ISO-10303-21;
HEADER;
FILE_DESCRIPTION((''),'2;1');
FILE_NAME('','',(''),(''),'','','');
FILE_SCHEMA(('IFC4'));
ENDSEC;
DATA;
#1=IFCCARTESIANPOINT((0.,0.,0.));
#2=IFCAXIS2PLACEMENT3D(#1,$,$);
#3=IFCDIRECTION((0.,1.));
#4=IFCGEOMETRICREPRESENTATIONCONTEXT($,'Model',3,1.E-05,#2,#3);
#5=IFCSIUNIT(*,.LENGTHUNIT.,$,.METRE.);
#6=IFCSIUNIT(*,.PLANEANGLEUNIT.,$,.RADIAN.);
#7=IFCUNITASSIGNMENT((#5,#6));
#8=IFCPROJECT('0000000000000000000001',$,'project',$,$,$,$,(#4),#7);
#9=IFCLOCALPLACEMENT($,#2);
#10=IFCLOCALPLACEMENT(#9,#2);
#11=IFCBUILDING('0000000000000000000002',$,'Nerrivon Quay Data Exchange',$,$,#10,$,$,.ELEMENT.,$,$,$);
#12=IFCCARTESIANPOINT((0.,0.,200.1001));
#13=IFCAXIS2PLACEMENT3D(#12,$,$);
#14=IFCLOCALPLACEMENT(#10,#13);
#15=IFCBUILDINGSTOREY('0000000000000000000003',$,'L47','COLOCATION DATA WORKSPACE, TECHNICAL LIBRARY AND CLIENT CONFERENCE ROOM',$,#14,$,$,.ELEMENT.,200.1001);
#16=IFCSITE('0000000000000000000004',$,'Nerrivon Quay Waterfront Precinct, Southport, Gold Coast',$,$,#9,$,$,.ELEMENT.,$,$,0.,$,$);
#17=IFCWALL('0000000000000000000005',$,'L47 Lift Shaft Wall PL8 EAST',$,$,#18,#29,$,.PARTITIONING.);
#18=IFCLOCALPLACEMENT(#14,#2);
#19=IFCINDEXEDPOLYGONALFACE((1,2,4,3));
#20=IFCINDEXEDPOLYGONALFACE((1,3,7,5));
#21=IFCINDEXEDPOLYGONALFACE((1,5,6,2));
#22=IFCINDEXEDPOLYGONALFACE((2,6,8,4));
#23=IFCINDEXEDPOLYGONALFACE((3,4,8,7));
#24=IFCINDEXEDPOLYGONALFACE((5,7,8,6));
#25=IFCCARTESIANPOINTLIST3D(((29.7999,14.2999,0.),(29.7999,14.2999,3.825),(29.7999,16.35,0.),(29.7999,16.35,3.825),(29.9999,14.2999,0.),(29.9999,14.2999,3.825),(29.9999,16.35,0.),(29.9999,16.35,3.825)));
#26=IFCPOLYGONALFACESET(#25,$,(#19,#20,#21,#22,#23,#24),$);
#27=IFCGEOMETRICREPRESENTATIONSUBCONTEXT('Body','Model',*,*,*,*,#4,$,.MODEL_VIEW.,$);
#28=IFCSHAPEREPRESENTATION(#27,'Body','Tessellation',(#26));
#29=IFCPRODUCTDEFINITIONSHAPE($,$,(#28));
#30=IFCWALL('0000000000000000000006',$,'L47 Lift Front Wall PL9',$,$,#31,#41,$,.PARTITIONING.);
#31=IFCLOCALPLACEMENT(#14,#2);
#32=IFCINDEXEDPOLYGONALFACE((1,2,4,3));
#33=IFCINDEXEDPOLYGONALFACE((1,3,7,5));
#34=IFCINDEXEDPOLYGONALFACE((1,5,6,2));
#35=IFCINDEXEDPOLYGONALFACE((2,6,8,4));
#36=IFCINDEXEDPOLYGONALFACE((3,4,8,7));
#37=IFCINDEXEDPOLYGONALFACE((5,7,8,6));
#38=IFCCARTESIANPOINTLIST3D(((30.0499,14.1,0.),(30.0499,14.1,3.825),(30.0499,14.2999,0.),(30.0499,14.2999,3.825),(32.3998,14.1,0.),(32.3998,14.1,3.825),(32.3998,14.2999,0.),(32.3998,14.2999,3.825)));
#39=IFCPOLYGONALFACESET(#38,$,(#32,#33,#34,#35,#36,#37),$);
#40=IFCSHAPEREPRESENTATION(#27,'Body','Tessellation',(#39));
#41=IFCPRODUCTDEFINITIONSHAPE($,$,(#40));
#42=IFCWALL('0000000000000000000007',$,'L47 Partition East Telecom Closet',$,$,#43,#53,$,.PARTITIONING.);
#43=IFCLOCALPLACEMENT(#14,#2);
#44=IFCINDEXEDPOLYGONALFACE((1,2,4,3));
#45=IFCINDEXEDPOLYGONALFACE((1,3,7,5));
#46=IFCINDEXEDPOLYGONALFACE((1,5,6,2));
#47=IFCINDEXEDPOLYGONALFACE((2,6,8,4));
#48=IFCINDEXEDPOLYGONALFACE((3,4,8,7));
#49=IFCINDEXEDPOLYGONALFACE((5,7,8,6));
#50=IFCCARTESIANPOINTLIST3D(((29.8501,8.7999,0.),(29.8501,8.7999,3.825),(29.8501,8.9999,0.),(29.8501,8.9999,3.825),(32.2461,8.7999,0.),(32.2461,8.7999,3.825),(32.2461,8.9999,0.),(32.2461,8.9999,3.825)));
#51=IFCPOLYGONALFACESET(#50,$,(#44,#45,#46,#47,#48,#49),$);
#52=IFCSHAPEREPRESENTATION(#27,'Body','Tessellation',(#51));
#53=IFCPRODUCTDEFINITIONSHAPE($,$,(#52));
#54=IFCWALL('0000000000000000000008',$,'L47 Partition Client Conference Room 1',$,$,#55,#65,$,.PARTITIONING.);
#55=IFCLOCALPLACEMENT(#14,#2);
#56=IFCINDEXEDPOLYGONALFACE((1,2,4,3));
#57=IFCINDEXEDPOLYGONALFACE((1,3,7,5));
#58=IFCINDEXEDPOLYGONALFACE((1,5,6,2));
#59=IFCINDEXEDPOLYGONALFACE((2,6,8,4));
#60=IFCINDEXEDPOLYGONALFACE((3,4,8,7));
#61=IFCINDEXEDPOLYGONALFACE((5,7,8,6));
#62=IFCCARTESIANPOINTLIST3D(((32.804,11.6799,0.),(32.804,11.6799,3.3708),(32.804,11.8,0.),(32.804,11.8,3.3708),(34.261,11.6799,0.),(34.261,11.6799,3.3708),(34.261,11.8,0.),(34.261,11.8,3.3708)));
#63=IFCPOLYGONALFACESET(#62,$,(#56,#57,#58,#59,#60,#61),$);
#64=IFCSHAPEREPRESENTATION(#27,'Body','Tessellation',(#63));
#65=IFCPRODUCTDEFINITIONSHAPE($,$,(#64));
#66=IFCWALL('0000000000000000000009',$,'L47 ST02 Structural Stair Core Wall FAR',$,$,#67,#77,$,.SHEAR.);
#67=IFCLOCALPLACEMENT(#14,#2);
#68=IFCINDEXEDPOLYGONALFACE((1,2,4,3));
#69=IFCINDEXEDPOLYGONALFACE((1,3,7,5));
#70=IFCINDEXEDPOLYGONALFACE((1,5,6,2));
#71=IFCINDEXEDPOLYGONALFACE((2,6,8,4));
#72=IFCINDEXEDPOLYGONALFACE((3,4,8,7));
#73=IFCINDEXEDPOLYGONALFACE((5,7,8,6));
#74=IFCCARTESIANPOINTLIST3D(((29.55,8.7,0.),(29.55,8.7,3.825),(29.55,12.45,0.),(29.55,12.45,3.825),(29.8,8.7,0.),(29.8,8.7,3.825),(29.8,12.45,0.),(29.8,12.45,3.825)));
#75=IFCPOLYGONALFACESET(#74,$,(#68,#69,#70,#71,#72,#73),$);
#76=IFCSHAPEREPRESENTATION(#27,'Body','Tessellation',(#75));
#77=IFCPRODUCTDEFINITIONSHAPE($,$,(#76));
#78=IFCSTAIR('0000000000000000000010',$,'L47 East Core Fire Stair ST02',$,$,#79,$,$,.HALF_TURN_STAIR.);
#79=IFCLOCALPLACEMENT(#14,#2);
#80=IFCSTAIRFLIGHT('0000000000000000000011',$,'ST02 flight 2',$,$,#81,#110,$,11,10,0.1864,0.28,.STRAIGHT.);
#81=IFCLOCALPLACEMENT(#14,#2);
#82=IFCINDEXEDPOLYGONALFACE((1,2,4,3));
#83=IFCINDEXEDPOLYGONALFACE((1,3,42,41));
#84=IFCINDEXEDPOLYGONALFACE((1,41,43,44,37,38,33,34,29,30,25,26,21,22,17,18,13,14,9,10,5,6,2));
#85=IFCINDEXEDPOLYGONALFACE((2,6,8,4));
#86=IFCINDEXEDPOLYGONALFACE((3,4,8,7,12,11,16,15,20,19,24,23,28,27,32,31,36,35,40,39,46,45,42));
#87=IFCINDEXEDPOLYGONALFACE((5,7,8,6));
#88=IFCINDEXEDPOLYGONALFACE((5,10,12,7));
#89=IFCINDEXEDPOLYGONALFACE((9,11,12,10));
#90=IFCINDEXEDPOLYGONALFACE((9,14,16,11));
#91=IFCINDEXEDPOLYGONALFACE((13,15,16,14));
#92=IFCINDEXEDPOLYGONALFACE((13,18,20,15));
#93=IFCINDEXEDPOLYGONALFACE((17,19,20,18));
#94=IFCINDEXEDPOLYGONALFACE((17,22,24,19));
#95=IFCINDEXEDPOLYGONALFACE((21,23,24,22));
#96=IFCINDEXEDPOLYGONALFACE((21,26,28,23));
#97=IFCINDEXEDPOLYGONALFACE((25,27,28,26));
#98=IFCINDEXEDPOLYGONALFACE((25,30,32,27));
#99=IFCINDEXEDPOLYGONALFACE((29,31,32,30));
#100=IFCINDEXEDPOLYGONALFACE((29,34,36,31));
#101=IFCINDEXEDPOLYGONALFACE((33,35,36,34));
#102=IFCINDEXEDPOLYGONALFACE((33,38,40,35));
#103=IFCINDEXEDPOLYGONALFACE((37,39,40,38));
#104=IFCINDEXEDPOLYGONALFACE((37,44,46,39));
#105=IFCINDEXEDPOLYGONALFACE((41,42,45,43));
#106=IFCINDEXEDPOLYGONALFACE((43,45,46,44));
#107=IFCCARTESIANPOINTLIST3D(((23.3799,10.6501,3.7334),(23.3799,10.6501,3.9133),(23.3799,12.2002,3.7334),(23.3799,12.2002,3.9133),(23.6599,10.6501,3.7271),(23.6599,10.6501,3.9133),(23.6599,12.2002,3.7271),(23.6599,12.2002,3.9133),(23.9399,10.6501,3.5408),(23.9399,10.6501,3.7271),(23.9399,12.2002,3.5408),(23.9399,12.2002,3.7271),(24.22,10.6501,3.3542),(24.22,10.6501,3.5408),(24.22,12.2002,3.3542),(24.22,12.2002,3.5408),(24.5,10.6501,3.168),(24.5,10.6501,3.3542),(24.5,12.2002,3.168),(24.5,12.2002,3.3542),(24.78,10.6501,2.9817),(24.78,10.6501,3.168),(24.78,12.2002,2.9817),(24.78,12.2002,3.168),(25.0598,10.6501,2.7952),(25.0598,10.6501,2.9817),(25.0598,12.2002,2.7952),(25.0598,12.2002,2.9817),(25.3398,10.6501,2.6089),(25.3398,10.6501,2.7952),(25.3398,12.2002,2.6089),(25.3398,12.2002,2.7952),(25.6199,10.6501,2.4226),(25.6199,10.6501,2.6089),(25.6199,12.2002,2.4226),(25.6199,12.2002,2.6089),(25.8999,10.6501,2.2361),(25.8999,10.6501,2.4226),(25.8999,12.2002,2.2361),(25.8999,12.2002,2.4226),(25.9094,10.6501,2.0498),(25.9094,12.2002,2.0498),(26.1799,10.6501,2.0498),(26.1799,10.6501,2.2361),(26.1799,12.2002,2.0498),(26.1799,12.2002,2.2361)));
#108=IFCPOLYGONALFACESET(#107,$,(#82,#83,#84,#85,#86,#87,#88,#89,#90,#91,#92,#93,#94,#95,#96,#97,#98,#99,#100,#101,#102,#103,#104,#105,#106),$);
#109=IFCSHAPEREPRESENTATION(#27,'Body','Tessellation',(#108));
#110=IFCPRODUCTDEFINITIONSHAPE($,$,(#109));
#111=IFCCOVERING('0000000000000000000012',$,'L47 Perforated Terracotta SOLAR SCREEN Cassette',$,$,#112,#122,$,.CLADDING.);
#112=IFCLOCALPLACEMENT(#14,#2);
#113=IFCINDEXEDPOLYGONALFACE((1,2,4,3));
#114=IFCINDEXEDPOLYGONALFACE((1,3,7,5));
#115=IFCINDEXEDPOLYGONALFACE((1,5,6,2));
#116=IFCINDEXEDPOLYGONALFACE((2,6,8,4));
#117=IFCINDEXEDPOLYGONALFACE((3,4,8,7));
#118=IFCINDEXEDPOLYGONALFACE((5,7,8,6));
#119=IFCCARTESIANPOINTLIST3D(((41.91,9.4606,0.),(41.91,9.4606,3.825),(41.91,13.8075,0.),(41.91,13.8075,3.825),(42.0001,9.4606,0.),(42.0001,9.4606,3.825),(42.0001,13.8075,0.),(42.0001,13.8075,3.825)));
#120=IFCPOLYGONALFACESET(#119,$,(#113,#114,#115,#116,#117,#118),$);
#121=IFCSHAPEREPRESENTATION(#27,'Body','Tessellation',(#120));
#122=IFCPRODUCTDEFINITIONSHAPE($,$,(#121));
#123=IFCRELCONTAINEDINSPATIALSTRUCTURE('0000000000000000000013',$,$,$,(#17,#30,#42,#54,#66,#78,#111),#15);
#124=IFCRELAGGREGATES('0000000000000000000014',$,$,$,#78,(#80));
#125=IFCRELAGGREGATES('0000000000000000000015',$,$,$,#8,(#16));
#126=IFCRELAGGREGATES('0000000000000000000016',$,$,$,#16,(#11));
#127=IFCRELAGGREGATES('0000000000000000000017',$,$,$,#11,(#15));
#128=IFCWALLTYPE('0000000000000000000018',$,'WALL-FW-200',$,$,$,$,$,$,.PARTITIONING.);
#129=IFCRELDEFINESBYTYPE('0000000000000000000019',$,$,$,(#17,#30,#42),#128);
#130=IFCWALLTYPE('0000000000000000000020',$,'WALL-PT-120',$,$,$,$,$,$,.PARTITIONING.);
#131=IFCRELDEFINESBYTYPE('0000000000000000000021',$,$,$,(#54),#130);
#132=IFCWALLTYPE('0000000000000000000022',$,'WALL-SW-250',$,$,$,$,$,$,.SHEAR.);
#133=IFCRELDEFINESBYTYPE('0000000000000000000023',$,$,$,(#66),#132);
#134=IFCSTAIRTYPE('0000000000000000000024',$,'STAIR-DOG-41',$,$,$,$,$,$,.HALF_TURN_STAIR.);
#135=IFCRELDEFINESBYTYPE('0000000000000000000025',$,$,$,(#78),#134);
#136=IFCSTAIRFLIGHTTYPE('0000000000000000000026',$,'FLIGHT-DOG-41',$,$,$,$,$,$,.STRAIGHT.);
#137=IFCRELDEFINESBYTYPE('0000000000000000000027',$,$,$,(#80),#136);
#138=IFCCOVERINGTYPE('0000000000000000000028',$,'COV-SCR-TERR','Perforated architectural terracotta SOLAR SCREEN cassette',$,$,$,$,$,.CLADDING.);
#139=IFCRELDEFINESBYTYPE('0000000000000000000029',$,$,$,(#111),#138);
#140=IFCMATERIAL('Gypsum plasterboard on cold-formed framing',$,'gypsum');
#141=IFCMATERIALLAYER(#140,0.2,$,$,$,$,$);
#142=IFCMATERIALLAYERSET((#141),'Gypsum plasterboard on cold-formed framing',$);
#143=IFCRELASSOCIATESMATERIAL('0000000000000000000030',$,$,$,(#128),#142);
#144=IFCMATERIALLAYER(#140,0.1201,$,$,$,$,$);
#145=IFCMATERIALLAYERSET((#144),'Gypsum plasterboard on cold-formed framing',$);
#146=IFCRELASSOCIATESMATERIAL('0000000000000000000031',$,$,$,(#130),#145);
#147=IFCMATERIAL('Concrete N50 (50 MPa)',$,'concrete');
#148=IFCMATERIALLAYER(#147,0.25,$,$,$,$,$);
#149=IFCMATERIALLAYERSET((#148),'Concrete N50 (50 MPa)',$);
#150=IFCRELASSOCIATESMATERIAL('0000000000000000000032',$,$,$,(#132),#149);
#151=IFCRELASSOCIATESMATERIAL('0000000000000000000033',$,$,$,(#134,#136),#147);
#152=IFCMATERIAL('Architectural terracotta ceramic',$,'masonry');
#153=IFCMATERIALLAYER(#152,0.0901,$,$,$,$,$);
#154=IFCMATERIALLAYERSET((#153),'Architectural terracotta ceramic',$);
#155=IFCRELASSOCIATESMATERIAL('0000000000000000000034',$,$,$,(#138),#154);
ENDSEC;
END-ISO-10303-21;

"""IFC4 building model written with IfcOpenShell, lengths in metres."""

from ifc_helpers import new_model, si_unit, direction, frame, frame_2d, origin, origin_2d, place, context, subcontext, project, spatial, polyline, rectangle, outline, extrude, material, layer, layer_set, type_object, element, aggregate, save


model = new_model("IFC4")

# Units and contexts
model_context = context("Model", 3, precision=1e-05, world=origin(), true_north=direction((0.0, 1.0)))
body_context = subcontext(model_context, "Body", "Model", "MODEL_VIEW")
ifc_project = project(units=[si_unit("LENGTHUNIT", "METRE"), si_unit("PLANEANGLEUNIT", "RADIAN")], contexts=[model_context])

# Site, building, storey
site_placement = place(None, origin())
site = spatial("IfcSite", under=ifc_project, at=site_placement, Name="Nerrivon Quay Waterfront Precinct, Southport, Gold Coast", CompositionType="ELEMENT", RefElevation=0.0)
building_placement = place(site_placement, origin())
building = spatial("IfcBuilding", under=site, at=building_placement, Name="Nerrivon Quay Data Exchange", CompositionType="ELEMENT")
storey_placement = place(building_placement, frame((0.0, 0.0, 200.1001)))
storey = spatial("IfcBuildingStorey", under=building, at=storey_placement, Name="L47", Description="COLOCATION DATA WORKSPACE, TECHNICAL LIBRARY AND CLIENT CONFERENCE ROOM", CompositionType="ELEMENT", Elevation=200.1001)

# Walls
ifc_material_1 = material(Name="Gypsum plasterboard on cold-formed framing", Category="gypsum")
ifc_layer_1 = layer(ifc_material_1, 0.2)
ifc_layer_set_1 = layer_set([ifc_layer_1], Name="Gypsum plasterboard on cold-formed framing")
wall_type_1 = type_object("IfcWallType", Name="WALL-FW-200", PredefinedType="PARTITIONING", material=ifc_layer_set_1)
wall_1_placement = place(storey_placement, frame((29.8999, 14.3, 0.0), z_axis=(0.0, 0.0, 1.0), x_axis=(0.0, 1.0, 0.0)))
element("IfcWall", 1, at=wall_1_placement, inside=storey, type_object=wall_type_1, Name="L47 Lift Shaft Wall PL8 EAST", PredefinedType="PARTITIONING", context=body_context, shape_type="SweptSolid", body=[
    extrude(rectangle(XDim=2.05, YDim=0.2, at=frame_2d((1.0249, 0.0))), origin(), (0.0, 0.0, 1.0), 3.825),
])
wall_2_placement = place(storey_placement, frame((30.05, 14.2, 0.0), z_axis=(0.0, 0.0, 1.0), x_axis=(1.0, 0.0, 0.0)))
element("IfcWall", 2, at=wall_2_placement, inside=storey, type_object=wall_type_1, Name="L47 Lift Front Wall PL9", PredefinedType="PARTITIONING", context=body_context, shape_type="SweptSolid", body=[
    extrude(rectangle(XDim=2.3499, YDim=0.2, at=frame_2d((1.1748, 0.0))), origin(), (0.0, 0.0, 1.0), 3.825),
])

# Walls
wall_3_placement = place(storey_placement, frame((29.8501, 8.8999, 0.0), z_axis=(0.0, 0.0, 1.0), x_axis=(1.0, 0.0, 0.0)))
element("IfcWall", 3, at=wall_3_placement, inside=storey, type_object=wall_type_1, Name="L47 Partition East Telecom Closet", PredefinedType="PARTITIONING", context=body_context, shape_type="SweptSolid", body=[
    extrude(rectangle(XDim=2.396, YDim=0.2, at=frame_2d((1.198, 0.0))), origin(), (0.0, 0.0, 1.0), 3.825),
])
ifc_layer_2 = layer(ifc_material_1, 0.1201)
ifc_layer_set_2 = layer_set([ifc_layer_2], Name="Gypsum plasterboard on cold-formed framing")
wall_type_2 = type_object("IfcWallType", Name="WALL-PT-120", PredefinedType="PARTITIONING", material=ifc_layer_set_2)
wall_4_placement = place(storey_placement, frame((34.261, 11.74, 0.0), z_axis=(0.0, 0.0, 1.0), x_axis=(-1.0, 0.0, 0.0)))
element("IfcWall", 4, at=wall_4_placement, inside=storey, type_object=wall_type_2, Name="L47 Partition Client Conference Room 1", PredefinedType="PARTITIONING", context=body_context, shape_type="SweptSolid", body=[
    extrude(rectangle(XDim=1.457, YDim=0.1201, at=frame_2d((0.7285, 0.0))), origin(), (0.0, 0.0, 1.0), 3.3708),
])
ifc_material_2 = material(Name="Concrete N50 (50 MPa)", Category="concrete")
ifc_layer_3 = layer(ifc_material_2, 0.25)
ifc_layer_set_3 = layer_set([ifc_layer_3], Name="Concrete N50 (50 MPa)")
wall_type_3 = type_object("IfcWallType", Name="WALL-SW-250", PredefinedType="SHEAR", material=ifc_layer_set_3)
wall_5_placement = place(storey_placement, frame((29.675, 8.7, 0.0), z_axis=(0.0, 0.0, 1.0), x_axis=(0.0, 1.0, 0.0)))
element("IfcWall", 5, at=wall_5_placement, inside=storey, type_object=wall_type_3, Name="L47 ST02 Structural Stair Core Wall FAR", PredefinedType="SHEAR", context=body_context, shape_type="SweptSolid", body=[
    extrude(rectangle(XDim=3.75, YDim=0.25, at=frame_2d((1.875, 0.0))), origin(), (0.0, 0.0, 1.0), 3.825),
])

# Stair, stair flight
stair_type = type_object("IfcStairType", Name="STAIR-DOG-41", PredefinedType="HALF_TURN_STAIR", material=ifc_material_2)
stair_placement = place(storey_placement, origin())
stair = element("IfcStair", 6, at=stair_placement, inside=storey, type_object=stair_type, Name="L47 East Core Fire Stair ST02", PredefinedType="HALF_TURN_STAIR")
stair_flight_type = type_object("IfcStairFlightType", Name="FLIGHT-DOG-41", PredefinedType="STRAIGHT", material=ifc_material_2)
stair_flight_placement = place(storey_placement, frame((26.1799, 11.425, 2.0498), z_axis=(0.0, 0.0, 1.0), x_axis=(-1.0, 0.0, 0.0)))
stair_flight = element("IfcStairFlight", 7, at=stair_flight_placement, type_object=stair_flight_type, Name="ST02 flight 2", NumberOfRisers=11, NumberOfTreads=10, PredefinedType="STRAIGHT", RiserHeight=0.1864, TreadLength=0.28, context=body_context, shape_type="SweptSolid", body=[
    extrude(outline(polyline([(0.0, 0.0), (0.0, 0.1863), (0.28, 0.1863), (0.28, 0.3728), (0.5601, 0.3728), (0.5601, 0.5591), (0.8401, 0.5591), (0.8401, 0.7454), (1.1201, 0.7454), (1.1201, 0.9319), (1.3999, 0.9319), (1.3999, 1.1182), (1.6799, 1.1182), (1.6799, 1.3044), (1.96, 1.3044), (1.96, 1.491), (2.24, 1.491), (2.24, 1.6772), (2.52, 1.6772), (2.52, 1.8635), (2.8, 1.8635), (2.8, 2.05), (2.8, 1.6836), (0.2705, 0.0), (0.0, 0.0)])), frame((0.0, 0.7749, 0.0), z_axis=(0.0, -1.0, 0.0), x_axis=(1.0, 0.0, 0.0)), (0.0, 0.0, 1.0), 1.55),
])
aggregate(stair, [stair_flight])

# Covering
ifc_material_3 = material(Name="Architectural terracotta ceramic", Category="masonry")
ifc_layer_4 = layer(ifc_material_3, 0.0901)
ifc_layer_set_4 = layer_set([ifc_layer_4], Name="Architectural terracotta ceramic")
covering_type = type_object("IfcCoveringType", Name="COV-SCR-TERR", Description="Perforated architectural terracotta SOLAR SCREEN cassette", PredefinedType="CLADDING", material=ifc_layer_set_4)
covering_placement = place(storey_placement, frame((41.9551, 11.634, 0.0), z_axis=(0.0, 0.0, 1.0), x_axis=(0.0, -1.0, 0.0)))
element("IfcCovering", 8, at=covering_placement, inside=storey, type_object=covering_type, Name="L47 Perforated Terracotta SOLAR SCREEN Cassette", PredefinedType="CLADDING", context=body_context, shape_type="SweptSolid", body=[
    extrude(rectangle(XDim=4.3469, YDim=0.0901, at=origin_2d()), origin(), (0.0, 0.0, 1.0), 3.825),
])

save(model, "model.ifc")
